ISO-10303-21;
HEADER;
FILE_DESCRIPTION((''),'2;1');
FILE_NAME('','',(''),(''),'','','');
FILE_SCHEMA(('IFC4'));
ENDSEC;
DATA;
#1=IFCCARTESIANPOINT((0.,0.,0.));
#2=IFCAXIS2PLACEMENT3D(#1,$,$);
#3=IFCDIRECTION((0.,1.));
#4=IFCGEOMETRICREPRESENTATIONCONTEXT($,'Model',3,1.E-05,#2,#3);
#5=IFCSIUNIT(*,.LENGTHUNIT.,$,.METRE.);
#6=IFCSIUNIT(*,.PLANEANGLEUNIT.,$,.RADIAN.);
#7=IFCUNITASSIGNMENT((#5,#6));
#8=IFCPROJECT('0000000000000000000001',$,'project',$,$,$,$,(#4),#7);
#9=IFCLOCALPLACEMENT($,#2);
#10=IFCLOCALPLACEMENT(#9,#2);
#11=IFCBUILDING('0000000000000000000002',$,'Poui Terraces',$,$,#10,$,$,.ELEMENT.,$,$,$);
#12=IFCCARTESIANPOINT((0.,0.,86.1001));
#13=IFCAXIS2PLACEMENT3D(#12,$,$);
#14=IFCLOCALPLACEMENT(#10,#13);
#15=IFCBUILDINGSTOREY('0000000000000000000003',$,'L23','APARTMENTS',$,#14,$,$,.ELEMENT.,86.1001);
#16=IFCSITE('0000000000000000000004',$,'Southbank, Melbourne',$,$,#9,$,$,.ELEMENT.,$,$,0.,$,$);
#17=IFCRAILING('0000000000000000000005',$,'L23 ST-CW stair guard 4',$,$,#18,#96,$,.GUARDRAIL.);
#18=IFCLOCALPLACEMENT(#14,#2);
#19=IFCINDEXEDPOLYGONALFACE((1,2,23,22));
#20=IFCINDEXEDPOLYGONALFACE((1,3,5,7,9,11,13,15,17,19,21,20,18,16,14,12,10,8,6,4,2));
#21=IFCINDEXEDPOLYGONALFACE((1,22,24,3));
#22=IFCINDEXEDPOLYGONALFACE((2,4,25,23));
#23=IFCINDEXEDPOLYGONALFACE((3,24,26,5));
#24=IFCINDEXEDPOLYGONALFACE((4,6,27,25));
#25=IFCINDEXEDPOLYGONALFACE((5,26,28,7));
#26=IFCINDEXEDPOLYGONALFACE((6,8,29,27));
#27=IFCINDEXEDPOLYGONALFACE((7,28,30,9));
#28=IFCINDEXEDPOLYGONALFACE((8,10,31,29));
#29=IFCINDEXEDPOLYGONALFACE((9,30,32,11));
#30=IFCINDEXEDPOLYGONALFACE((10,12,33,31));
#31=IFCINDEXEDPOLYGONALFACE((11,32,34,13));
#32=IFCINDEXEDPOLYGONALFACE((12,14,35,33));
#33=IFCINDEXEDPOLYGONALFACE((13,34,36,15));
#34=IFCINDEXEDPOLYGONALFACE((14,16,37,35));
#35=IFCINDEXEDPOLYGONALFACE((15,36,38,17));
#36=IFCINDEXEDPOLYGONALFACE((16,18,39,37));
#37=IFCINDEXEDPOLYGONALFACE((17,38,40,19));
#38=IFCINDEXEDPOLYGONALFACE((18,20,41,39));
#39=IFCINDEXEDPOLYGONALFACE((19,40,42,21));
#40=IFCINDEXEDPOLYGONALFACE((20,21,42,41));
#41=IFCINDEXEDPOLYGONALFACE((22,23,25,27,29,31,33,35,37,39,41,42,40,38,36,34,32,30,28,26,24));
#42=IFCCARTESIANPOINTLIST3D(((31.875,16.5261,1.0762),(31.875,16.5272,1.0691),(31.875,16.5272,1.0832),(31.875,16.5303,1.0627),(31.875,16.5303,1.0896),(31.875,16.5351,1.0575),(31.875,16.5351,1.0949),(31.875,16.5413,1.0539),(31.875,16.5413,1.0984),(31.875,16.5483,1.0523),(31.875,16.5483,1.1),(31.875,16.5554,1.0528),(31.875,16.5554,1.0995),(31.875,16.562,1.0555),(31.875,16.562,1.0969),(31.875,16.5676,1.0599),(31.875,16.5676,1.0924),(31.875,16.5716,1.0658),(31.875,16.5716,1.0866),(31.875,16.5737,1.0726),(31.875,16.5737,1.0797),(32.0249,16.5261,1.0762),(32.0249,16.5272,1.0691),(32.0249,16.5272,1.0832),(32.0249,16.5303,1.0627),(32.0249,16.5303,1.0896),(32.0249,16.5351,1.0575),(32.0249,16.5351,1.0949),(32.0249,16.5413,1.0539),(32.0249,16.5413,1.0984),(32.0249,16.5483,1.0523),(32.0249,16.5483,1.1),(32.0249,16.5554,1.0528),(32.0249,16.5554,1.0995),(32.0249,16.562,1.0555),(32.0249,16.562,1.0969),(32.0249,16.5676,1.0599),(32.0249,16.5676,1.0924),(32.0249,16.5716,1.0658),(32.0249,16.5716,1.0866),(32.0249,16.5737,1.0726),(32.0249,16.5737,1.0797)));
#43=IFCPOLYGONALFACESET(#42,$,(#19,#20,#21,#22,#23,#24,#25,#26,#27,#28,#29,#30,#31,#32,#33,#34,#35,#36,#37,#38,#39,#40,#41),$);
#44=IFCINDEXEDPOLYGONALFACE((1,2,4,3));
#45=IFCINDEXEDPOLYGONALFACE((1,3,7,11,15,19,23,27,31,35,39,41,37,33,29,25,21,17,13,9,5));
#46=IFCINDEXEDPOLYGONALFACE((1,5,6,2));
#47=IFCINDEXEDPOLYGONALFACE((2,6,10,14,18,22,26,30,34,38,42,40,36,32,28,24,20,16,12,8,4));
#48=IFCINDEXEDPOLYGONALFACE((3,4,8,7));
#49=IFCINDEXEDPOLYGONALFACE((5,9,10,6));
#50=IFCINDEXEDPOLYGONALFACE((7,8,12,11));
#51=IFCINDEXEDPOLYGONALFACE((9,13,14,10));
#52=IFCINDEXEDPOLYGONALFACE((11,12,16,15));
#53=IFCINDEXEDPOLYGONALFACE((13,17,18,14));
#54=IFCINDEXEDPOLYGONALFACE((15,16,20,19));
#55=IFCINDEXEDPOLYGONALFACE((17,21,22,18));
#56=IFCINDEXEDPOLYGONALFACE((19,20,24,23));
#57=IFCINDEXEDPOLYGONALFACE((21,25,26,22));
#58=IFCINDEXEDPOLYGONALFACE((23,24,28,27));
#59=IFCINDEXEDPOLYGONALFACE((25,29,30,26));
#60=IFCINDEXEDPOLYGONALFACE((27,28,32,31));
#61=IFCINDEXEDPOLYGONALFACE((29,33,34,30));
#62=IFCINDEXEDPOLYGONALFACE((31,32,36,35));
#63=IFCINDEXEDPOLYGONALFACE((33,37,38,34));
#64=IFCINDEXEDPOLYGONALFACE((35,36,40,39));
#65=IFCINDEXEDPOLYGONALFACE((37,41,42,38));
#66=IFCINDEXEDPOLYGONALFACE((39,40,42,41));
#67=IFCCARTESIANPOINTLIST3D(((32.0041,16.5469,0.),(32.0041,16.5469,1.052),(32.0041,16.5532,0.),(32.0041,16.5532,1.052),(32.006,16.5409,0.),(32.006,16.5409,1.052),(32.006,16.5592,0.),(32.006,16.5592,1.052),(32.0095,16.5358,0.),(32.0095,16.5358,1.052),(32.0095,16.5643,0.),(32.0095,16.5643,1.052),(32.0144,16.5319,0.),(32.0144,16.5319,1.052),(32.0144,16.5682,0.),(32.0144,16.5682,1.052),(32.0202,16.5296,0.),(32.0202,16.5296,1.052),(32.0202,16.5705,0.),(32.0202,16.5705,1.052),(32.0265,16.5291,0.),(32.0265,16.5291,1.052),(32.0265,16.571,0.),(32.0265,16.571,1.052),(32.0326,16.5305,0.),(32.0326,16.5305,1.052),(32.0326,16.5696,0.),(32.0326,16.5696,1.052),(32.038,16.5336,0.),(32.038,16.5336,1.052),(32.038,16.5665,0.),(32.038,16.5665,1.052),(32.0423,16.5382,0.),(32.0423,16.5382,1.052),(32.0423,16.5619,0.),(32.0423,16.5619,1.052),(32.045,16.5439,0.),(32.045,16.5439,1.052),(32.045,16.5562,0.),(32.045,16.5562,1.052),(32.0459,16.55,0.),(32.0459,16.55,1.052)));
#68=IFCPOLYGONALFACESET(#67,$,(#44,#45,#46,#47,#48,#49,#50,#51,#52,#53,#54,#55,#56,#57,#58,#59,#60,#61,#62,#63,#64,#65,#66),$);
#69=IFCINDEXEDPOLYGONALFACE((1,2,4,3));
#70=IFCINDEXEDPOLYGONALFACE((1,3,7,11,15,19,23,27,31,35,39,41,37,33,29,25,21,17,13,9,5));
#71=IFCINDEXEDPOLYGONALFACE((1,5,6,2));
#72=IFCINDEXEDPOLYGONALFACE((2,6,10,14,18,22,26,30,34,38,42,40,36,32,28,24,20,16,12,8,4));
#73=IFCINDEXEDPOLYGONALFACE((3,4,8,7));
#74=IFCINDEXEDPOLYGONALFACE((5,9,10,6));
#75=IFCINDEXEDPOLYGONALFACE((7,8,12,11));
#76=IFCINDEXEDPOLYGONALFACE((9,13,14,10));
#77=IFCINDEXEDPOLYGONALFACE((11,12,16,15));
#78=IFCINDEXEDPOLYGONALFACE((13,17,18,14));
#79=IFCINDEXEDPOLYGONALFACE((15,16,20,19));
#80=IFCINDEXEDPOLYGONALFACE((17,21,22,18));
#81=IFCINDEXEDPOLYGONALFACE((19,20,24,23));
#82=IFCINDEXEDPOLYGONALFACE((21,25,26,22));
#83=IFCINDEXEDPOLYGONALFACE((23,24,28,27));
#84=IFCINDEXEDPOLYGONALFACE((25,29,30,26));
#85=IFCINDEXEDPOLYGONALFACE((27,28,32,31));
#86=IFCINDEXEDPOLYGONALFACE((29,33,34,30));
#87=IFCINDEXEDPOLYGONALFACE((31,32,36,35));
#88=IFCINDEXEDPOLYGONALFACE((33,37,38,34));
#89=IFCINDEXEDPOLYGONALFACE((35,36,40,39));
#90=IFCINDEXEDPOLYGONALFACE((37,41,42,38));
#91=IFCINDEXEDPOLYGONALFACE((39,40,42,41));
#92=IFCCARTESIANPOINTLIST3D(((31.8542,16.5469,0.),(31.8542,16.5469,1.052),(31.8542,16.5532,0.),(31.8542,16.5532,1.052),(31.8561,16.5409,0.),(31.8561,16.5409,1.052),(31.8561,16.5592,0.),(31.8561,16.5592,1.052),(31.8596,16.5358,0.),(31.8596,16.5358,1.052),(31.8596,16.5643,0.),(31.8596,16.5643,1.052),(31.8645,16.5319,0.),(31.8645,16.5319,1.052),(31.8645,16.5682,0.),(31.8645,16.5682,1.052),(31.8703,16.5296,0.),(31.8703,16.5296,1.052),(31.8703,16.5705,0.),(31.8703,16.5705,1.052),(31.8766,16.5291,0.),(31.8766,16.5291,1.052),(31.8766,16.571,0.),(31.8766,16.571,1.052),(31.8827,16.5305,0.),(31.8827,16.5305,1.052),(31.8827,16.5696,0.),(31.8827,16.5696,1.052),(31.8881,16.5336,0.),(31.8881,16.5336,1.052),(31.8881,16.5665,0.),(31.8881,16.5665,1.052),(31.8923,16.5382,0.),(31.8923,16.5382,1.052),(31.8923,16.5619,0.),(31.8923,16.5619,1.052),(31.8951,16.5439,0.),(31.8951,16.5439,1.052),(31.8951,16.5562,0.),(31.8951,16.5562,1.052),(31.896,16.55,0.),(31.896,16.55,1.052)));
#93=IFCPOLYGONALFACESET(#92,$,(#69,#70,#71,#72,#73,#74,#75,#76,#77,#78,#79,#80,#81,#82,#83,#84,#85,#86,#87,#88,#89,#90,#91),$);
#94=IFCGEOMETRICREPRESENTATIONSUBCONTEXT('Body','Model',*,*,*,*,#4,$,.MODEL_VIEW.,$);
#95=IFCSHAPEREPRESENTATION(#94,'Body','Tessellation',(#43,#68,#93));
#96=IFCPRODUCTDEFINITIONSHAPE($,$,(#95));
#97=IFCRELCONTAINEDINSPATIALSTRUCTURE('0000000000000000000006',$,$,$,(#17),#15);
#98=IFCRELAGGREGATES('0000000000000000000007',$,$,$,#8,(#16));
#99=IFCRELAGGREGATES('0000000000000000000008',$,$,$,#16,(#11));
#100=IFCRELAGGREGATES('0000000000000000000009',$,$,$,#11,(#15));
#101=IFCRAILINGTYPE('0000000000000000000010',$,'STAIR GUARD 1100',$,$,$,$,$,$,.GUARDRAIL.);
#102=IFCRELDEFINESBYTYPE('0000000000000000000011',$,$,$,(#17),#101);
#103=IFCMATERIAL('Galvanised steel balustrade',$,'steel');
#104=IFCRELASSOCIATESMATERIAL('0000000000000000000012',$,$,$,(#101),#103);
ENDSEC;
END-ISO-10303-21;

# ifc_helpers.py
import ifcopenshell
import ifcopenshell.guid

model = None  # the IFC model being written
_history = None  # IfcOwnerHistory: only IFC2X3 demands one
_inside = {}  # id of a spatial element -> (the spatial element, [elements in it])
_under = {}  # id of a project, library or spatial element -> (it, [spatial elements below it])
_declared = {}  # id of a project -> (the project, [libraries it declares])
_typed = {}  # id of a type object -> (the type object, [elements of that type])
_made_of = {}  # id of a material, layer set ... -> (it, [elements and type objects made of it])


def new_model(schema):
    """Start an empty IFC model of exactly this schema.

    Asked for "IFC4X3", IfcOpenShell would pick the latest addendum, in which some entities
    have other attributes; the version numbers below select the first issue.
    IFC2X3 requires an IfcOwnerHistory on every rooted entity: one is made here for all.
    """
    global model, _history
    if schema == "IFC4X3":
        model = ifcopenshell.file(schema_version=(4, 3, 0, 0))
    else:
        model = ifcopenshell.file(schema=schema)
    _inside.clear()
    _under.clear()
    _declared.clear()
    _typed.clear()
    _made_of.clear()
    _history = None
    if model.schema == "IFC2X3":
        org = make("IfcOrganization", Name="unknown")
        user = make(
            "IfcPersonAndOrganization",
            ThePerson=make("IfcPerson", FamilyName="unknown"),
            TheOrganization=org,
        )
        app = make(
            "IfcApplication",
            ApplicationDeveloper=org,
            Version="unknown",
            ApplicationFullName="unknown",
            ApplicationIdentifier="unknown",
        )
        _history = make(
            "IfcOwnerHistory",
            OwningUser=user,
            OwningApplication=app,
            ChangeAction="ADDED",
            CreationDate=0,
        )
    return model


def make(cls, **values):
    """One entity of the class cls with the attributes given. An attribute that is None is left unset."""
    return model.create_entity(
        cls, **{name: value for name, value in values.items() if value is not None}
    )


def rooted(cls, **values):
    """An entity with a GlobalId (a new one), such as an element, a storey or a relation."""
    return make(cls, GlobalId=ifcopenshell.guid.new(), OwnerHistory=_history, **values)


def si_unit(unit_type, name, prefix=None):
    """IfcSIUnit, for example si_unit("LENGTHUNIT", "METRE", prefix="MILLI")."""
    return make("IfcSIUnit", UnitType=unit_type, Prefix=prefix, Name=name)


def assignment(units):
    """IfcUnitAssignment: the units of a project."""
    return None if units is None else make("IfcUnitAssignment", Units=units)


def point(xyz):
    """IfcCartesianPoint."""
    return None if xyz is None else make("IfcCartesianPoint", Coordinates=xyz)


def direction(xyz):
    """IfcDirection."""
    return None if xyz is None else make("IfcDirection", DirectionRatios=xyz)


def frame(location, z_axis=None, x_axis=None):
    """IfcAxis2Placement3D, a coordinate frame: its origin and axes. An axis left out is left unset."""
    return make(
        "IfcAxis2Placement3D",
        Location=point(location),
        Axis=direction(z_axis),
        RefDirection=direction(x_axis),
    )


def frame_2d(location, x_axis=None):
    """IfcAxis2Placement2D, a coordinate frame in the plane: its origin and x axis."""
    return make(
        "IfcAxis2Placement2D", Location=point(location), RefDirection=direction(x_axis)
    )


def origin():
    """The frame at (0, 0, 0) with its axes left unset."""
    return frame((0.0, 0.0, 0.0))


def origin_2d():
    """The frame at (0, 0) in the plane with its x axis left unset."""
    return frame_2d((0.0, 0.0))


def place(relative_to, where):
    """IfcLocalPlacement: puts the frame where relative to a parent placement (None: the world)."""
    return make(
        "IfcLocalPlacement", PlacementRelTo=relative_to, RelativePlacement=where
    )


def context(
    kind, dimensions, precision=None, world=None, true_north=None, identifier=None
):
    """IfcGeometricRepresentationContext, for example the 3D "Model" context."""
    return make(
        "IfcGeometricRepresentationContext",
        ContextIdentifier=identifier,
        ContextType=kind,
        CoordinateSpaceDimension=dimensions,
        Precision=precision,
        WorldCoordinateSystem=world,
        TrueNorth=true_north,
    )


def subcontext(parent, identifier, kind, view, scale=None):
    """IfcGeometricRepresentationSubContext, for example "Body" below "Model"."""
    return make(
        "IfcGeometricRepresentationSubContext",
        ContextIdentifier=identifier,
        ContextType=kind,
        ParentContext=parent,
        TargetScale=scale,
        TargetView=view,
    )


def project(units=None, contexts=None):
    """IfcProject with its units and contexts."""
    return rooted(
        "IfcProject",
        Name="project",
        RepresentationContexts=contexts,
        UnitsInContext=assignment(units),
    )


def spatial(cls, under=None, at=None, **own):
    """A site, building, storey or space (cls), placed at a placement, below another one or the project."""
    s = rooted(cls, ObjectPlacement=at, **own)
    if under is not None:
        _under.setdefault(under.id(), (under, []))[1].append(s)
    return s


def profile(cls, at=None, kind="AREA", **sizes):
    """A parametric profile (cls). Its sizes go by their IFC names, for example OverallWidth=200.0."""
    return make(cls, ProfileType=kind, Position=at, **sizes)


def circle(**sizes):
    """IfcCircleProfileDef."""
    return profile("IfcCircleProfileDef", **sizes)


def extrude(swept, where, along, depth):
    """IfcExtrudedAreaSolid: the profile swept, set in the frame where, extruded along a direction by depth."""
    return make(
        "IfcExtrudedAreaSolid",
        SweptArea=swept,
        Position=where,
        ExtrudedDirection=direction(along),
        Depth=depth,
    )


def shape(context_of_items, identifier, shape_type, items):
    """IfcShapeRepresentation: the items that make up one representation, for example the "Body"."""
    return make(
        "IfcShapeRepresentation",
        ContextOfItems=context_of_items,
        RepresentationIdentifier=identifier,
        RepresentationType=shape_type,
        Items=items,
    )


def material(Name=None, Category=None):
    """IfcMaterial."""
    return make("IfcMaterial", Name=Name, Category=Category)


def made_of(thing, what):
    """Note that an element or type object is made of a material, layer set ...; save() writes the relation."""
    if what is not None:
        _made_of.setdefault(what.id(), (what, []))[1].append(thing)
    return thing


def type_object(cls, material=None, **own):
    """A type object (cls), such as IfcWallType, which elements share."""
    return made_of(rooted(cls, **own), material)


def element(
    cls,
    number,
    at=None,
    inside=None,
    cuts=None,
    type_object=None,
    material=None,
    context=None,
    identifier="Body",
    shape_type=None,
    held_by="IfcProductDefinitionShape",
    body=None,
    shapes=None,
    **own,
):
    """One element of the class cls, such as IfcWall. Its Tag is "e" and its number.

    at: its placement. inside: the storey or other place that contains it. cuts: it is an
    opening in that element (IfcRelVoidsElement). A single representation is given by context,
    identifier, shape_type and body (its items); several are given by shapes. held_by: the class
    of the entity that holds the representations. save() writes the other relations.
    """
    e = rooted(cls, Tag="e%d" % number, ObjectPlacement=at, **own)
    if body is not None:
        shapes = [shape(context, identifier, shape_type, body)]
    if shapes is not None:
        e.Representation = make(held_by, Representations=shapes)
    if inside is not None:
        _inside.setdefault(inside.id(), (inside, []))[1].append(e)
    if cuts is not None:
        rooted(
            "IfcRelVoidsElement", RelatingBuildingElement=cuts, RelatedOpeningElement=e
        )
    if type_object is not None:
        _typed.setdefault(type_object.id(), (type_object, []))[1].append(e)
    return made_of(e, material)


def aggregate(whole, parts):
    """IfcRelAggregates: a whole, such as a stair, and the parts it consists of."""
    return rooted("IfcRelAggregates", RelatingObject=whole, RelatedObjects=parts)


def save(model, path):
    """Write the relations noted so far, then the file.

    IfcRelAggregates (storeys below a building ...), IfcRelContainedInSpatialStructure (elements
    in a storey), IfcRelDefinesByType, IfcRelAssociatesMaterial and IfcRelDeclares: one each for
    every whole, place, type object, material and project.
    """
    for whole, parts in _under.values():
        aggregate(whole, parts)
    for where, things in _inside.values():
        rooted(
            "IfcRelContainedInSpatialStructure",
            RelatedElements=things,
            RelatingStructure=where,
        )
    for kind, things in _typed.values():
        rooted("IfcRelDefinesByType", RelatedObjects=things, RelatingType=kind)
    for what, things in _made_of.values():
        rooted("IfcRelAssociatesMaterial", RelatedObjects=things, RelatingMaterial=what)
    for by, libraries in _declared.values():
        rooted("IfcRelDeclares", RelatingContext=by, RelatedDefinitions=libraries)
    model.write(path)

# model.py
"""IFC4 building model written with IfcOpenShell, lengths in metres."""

from ifc_helpers import new_model, si_unit, direction, frame, origin, origin_2d, place, context, subcontext, project, spatial, circle, extrude, material, type_object, element, save


model = new_model("IFC4")

# Units and contexts
model_context = context("Model", 3, precision=1e-05, world=origin(), true_north=direction((0.0, 1.0)))
body_context = subcontext(model_context, "Body", "Model", "MODEL_VIEW")
ifc_project = project(units=[si_unit("LENGTHUNIT", "METRE"), si_unit("PLANEANGLEUNIT", "RADIAN")], contexts=[model_context])

# Site, building, storey
site_placement = place(None, origin())
site = spatial("IfcSite", under=ifc_project, at=site_placement, Name="Southbank, Melbourne", CompositionType="ELEMENT", RefElevation=0.0)
building_placement = place(site_placement, origin())
building = spatial("IfcBuilding", under=site, at=building_placement, Name="Poui Terraces", CompositionType="ELEMENT")
storey_placement = place(building_placement, frame((0.0, 0.0, 86.1001)))
storey = spatial("IfcBuildingStorey", under=building, at=storey_placement, Name="L23", Description="APARTMENTS", CompositionType="ELEMENT", Elevation=86.1001)

# Railing
ifc_material_1 = material(Name="Galvanised steel balustrade", Category="steel")
railing_type_1 = type_object("IfcRailingType", Name="STAIR GUARD 1100", PredefinedType="GUARDRAIL", material=ifc_material_1)
railing_1_placement = place(storey_placement, frame((32.0249, 16.55, 0.0)))
element("IfcRailing", 1, at=railing_1_placement, inside=storey, type_object=railing_type_1, Name="L23 ST-CW stair guard 4", PredefinedType="GUARDRAIL", context=body_context, shape_type="SweptSolid", body=[
    extrude(circle(Radius=0.0239, at=origin_2d()), frame((0.0, 0.0, 1.0762), z_axis=(-1.0, 0.0, 0.0), x_axis=(0.0, -1.0, 0.0)), (0.0, 0.0, 1.0), 0.1499),
    extrude(circle(Radius=0.021, at=origin_2d()), origin(), (0.0, 0.0, 1.0), 1.052),
    extrude(circle(Radius=0.021, at=origin_2d()), frame((-0.1499, 0.0, 0.0)), (0.0, 0.0, 1.0), 1.052),
])

save(model, "model.ifc")
